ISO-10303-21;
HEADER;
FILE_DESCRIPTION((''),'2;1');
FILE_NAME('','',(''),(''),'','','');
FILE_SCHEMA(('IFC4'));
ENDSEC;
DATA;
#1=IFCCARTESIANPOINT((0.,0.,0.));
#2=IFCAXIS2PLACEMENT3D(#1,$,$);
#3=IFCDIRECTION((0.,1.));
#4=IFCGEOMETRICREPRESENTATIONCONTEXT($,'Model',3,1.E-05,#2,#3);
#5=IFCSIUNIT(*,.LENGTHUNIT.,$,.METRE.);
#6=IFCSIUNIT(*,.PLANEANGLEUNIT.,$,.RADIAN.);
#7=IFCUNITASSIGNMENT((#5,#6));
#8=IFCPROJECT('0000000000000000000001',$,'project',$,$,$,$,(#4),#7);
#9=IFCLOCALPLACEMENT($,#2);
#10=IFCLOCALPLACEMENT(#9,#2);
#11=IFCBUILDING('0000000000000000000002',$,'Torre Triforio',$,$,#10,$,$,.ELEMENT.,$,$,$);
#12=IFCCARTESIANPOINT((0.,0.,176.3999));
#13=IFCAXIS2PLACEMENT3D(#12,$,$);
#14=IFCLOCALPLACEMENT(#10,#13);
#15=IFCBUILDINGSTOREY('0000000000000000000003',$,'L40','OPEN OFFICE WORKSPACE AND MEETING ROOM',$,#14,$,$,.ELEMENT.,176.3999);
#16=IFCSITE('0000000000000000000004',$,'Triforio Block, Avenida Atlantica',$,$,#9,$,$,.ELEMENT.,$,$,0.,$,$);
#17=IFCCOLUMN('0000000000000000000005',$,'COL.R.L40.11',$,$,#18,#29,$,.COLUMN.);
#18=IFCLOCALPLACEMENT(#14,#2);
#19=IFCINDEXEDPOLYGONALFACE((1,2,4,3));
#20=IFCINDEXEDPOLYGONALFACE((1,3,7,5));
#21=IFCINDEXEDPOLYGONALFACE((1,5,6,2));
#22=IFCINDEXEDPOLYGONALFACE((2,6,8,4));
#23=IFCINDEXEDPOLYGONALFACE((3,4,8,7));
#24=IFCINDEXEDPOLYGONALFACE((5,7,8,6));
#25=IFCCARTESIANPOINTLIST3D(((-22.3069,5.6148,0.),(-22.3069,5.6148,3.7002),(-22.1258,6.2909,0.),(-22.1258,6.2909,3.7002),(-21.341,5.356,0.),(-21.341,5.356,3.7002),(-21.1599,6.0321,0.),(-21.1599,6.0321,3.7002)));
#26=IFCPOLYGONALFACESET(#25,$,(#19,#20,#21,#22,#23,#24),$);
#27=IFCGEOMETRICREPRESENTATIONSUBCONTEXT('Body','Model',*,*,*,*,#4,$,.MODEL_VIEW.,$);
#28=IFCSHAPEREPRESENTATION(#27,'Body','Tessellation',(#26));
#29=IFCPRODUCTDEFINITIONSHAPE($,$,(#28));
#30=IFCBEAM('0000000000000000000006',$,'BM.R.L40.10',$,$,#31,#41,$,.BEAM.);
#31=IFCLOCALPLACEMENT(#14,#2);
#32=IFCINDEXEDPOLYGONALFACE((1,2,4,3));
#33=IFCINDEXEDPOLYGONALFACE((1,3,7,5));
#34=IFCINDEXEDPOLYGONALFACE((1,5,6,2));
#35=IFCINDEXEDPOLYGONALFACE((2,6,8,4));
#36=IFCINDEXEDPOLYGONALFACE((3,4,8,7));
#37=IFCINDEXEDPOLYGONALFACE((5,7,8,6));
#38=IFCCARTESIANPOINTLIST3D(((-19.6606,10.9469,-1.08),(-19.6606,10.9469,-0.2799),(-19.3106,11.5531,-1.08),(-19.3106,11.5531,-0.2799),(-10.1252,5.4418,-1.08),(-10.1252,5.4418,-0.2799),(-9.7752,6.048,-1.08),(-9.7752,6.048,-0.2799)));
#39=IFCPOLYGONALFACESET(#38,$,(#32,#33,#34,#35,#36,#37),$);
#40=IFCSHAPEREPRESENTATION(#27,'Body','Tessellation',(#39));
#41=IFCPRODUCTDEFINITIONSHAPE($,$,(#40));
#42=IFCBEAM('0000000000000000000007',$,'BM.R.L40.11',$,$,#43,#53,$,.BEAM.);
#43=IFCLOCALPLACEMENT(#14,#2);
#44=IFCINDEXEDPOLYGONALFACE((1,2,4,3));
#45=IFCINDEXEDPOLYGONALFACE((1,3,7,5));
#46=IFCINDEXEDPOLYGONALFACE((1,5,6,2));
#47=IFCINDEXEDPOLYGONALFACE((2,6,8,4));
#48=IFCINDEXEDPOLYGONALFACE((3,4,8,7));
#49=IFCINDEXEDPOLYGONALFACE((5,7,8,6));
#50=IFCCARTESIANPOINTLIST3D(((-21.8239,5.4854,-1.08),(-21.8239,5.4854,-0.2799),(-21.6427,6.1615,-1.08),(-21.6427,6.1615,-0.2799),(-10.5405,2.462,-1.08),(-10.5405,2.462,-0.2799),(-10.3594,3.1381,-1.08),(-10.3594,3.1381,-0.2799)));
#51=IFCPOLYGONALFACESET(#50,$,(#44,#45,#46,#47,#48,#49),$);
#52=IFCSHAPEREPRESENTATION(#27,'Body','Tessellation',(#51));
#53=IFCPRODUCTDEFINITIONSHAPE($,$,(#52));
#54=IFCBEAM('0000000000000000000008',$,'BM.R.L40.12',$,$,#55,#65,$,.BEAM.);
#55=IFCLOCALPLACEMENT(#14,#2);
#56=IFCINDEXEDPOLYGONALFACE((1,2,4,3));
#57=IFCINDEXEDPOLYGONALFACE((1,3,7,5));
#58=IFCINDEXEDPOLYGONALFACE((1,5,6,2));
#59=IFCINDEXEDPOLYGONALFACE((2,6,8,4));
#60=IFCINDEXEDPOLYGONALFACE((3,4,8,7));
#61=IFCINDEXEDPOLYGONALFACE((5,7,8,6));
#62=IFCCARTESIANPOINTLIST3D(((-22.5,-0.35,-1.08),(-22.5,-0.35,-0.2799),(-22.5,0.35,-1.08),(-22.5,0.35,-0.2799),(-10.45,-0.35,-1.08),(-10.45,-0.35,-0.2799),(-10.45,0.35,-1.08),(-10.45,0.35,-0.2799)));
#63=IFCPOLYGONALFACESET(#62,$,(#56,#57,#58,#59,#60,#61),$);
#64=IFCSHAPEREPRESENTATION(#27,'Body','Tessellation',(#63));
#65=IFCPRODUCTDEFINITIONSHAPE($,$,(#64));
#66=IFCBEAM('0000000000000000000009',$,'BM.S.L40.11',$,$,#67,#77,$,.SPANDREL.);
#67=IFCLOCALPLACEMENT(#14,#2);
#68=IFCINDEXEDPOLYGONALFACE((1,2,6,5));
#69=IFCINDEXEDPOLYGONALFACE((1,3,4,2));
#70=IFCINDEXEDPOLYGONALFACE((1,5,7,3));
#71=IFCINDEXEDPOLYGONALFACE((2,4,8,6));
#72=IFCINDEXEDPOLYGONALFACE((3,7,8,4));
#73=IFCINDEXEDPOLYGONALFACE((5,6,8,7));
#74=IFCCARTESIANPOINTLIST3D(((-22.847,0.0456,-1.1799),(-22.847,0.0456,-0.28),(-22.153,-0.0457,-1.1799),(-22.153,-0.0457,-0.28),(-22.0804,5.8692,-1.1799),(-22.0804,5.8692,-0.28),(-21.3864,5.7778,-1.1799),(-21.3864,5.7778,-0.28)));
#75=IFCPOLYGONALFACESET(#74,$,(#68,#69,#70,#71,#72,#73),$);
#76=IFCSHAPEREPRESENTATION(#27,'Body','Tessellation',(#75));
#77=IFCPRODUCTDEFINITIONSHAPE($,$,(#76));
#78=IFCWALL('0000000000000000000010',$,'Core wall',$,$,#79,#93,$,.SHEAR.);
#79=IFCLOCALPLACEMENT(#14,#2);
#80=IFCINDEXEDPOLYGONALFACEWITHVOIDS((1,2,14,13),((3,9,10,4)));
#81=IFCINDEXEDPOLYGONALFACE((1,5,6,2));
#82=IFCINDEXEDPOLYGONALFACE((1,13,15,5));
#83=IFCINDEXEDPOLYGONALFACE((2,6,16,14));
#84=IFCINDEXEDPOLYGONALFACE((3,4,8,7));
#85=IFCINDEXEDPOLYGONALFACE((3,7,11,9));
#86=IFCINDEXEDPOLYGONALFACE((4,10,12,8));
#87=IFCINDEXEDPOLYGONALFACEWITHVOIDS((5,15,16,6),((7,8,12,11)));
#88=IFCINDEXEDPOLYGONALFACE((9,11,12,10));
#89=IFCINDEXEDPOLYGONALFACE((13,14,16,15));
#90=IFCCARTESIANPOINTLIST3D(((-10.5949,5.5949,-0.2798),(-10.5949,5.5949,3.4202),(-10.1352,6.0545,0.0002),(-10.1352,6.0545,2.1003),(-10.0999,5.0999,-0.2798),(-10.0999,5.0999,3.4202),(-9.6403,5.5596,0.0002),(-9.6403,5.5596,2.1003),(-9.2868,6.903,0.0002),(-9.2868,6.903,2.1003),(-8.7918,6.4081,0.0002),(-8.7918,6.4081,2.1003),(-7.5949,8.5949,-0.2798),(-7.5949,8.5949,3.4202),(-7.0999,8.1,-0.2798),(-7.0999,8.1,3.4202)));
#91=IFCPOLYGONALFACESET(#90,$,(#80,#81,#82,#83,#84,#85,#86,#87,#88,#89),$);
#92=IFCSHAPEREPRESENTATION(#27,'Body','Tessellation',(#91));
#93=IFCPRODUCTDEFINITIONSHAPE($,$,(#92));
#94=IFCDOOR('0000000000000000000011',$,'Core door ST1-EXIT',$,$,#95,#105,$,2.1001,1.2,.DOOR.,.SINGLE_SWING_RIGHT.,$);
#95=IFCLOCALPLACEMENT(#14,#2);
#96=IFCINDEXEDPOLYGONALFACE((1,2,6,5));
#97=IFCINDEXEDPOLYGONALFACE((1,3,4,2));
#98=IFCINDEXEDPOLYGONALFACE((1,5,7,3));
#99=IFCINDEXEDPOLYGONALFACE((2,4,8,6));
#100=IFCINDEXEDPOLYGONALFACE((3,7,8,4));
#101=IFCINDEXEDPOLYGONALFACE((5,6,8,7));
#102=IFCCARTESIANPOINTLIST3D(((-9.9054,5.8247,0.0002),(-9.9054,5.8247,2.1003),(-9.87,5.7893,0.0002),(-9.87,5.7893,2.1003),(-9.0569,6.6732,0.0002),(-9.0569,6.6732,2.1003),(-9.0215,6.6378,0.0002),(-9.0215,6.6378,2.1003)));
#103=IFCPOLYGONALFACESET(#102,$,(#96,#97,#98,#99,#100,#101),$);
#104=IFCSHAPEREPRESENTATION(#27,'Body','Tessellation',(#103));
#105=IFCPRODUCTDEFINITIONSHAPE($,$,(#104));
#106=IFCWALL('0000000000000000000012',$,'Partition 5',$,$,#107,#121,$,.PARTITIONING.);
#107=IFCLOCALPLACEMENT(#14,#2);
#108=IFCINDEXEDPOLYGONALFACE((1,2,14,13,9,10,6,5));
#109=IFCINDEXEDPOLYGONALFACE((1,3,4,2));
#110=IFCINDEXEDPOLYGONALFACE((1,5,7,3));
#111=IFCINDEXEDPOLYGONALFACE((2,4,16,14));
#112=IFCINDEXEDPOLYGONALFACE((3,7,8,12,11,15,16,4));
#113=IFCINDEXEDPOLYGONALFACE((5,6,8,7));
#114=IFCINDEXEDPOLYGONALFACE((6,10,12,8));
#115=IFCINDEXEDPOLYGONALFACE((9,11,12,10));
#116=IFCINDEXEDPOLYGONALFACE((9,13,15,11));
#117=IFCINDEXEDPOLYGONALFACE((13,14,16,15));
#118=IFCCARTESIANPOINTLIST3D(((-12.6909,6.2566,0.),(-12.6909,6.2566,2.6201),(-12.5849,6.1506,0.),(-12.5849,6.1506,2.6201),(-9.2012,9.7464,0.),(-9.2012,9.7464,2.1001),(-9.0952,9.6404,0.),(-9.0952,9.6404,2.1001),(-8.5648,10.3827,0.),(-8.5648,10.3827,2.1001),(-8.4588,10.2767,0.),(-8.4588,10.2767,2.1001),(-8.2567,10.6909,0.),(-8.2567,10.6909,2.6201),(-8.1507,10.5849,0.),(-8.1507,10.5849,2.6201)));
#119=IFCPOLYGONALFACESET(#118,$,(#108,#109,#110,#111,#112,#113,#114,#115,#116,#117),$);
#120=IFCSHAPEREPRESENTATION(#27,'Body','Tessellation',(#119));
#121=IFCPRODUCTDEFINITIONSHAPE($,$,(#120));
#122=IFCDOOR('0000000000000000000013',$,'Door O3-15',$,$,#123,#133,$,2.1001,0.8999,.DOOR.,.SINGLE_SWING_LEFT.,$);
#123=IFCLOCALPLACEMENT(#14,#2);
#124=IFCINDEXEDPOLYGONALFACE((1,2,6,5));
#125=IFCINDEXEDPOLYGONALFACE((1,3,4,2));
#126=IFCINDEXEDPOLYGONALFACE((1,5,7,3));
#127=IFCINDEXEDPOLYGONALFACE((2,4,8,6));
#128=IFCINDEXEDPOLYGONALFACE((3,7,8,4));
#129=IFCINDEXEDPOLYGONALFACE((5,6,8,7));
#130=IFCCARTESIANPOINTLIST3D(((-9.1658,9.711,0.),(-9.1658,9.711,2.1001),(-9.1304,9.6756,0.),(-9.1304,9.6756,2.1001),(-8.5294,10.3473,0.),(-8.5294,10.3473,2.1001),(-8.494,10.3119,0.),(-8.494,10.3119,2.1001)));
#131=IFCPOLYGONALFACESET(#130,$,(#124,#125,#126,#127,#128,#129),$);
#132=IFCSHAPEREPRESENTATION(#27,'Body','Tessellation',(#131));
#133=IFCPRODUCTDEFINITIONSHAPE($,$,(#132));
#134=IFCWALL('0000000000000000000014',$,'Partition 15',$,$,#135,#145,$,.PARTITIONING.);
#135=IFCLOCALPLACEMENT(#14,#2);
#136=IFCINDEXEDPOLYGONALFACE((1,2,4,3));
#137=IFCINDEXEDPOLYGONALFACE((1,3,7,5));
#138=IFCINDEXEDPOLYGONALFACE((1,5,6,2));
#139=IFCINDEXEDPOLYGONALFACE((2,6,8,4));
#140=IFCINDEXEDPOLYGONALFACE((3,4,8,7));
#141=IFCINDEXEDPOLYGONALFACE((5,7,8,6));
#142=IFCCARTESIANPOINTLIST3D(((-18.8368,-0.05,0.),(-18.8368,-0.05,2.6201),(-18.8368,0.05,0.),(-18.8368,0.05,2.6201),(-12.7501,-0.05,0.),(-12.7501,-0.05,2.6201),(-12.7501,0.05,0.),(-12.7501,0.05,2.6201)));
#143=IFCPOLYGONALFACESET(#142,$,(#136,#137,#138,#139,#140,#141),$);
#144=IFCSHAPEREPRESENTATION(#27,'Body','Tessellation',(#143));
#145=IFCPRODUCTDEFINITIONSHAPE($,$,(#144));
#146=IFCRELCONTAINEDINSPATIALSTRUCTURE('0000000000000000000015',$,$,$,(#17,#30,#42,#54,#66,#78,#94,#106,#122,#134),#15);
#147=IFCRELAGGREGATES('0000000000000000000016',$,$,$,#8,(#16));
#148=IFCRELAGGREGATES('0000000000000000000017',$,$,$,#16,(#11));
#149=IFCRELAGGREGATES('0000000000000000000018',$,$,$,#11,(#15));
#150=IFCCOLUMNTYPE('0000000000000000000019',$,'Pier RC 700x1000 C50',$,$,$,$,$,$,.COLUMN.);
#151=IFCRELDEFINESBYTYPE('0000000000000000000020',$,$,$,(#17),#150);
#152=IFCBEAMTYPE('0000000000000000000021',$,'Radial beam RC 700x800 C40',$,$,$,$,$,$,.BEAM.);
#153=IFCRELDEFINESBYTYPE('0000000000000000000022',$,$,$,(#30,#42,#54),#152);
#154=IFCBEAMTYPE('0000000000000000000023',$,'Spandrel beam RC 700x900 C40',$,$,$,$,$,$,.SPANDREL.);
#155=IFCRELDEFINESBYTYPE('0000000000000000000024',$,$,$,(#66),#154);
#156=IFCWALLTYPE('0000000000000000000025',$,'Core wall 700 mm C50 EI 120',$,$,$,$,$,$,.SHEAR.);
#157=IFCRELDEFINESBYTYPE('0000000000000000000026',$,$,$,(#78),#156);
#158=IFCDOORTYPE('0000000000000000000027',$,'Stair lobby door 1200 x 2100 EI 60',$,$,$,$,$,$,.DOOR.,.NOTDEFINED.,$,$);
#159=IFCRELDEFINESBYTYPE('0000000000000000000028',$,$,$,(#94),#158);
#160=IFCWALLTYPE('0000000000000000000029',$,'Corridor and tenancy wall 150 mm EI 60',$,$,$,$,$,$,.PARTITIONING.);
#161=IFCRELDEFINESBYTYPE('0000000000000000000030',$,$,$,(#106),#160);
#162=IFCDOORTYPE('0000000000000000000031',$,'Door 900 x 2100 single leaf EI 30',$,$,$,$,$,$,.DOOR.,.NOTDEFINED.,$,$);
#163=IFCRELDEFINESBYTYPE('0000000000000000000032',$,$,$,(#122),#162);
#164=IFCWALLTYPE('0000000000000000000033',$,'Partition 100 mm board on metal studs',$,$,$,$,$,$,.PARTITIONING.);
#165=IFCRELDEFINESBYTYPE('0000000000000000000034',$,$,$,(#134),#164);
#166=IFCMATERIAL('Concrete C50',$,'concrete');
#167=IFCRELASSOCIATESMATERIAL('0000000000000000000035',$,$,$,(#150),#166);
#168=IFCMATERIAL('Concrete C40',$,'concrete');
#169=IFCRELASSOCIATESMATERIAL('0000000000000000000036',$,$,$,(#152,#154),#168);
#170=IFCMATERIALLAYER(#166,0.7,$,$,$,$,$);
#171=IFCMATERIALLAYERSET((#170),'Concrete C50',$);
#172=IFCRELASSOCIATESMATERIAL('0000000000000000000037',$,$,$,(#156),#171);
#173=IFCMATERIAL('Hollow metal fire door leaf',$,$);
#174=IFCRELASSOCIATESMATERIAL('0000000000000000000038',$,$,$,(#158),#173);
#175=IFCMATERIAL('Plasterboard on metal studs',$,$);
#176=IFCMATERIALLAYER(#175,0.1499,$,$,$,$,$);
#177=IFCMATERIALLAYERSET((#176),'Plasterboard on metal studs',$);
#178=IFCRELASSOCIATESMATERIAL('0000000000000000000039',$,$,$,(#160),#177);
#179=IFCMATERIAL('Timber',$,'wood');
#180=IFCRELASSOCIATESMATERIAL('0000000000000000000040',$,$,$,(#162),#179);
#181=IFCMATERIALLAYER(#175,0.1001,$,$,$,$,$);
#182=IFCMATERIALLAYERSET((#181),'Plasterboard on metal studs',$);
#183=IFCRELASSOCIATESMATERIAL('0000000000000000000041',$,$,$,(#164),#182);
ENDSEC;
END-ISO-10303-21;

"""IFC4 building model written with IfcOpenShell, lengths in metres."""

from ifc_helpers import new_model, si_unit, direction, frame, frame_2d, origin, origin_2d, place, context, subcontext, project, spatial, rectangle, extrude, material, layer, layer_set, material_profile, profile_set, type_object, element, fill, save


model = new_model("IFC4")

# Units and contexts
model_context = context("Model", 3, precision=1e-05, world=origin(), true_north=direction((0.0, 1.0)))
body_context = subcontext(model_context, "Body", "Model", "MODEL_VIEW")
ifc_project = project(units=[si_unit("LENGTHUNIT", "METRE"), si_unit("PLANEANGLEUNIT", "RADIAN")], contexts=[model_context])

# Site, building, storey
site_placement = place(None, origin())
site = spatial("IfcSite", under=ifc_project, at=site_placement, Name="Triforio Block, Avenida Atlantica", CompositionType="ELEMENT", RefElevation=0.0)
building_placement = place(site_placement, origin())
building = spatial("IfcBuilding", under=site, at=building_placement, Name="Torre Triforio", CompositionType="ELEMENT")
storey_placement = place(building_placement, frame((0.0, 0.0, 176.3999)))
storey = spatial("IfcBuildingStorey", under=building, at=storey_placement, Name="L40", Description="OPEN OFFICE WORKSPACE AND MEETING ROOM", CompositionType="ELEMENT", Elevation=176.3999)

# Column
ifc_material_1 = material(Name="Concrete C50", Category="concrete")
ifc_material_profile_1 = material_profile(ifc_material_1, rectangle(XDim=0.7, YDim=1.0, at=origin_2d()), Name="RC 700x1000")
ifc_profile_set_1 = profile_set([ifc_material_profile_1], Name="Concrete C50")
column_type = type_object("IfcColumnType", Name="Pier RC 700x1000 C50", PredefinedType="COLUMN", material=ifc_profile_set_1)
column_placement = place(storey_placement, frame((-21.7334, 5.8235, 0.0), z_axis=(0.0, 0.0, 1.0), x_axis=(-0.258819, -0.965926, 0.0)))
element("IfcColumn", 1, at=column_placement, inside=storey, type_object=column_type, Name="COL.R.L40.11", PredefinedType="COLUMN", context=body_context, shape_type="SweptSolid", body=[
    extrude(rectangle(XDim=0.7, YDim=1.0, at=origin_2d()), origin(), (0.0, 0.0, 1.0), 3.7002),
])

# Beams
ifc_material_2 = material(Name="Concrete C40", Category="concrete")
ifc_material_profile_2 = material_profile(ifc_material_2, rectangle(XDim=0.7, YDim=0.8, at=origin_2d()), Name="RC 700x800")
ifc_profile_set_2 = profile_set([ifc_material_profile_2], Name="Concrete C40")
beam_type_1 = type_object("IfcBeamType", Name="Radial beam RC 700x800 C40", PredefinedType="BEAM", material=ifc_profile_set_2)
beam_1_placement = place(storey_placement, frame((-9.9502, 5.7449, -0.6799), z_axis=(-0.866031, 0.499991, 0.0), x_axis=(-0.499991, -0.866031, 0.0)))
element("IfcBeam", 2, at=beam_1_placement, inside=storey, type_object=beam_type_1, Name="BM.R.L40.10", PredefinedType="BEAM", context=body_context, shape_type="SweptSolid", body=[
    extrude(rectangle(XDim=0.7, YDim=0.8, at=origin_2d()), origin(), (0.0, 0.0, 1.0), 11.0105),
])
beam_2_placement = place(storey_placement, frame((-10.45, 2.8, -0.6799), z_axis=(-0.965925, 0.258823, 0.0), x_axis=(-0.258823, -0.965925, 0.0)))
element("IfcBeam", 3, at=beam_2_placement, inside=storey, type_object=beam_type_1, Name="BM.R.L40.11", PredefinedType="BEAM", context=body_context, shape_type="SweptSolid", body=[
    extrude(rectangle(XDim=0.7, YDim=0.8, at=origin_2d()), origin(), (0.0, 0.0, 1.0), 11.6814),
])
beam_3_placement = place(storey_placement, frame((-10.45, 0.0, -0.6799), z_axis=(-1.0, 0.0, 0.0), x_axis=(0.0, -1.0, 0.0)))
element("IfcBeam", 4, at=beam_3_placement, inside=storey, type_object=beam_type_1, Name="BM.R.L40.12", PredefinedType="BEAM", context=body_context, shape_type="SweptSolid", body=[
    extrude(rectangle(XDim=0.7, YDim=0.8, at=origin_2d()), origin(), (0.0, 0.0, 1.0), 12.05),
])
ifc_material_profile_3 = material_profile(ifc_material_2, rectangle(XDim=0.7, YDim=0.8999, at=origin_2d()), Name="RC 700x900")
ifc_profile_set_3 = profile_set([ifc_material_profile_3], Name="Concrete C40")
beam_type_2 = type_object("IfcBeamType", Name="Spandrel beam RC 700x900 C40", PredefinedType="SPANDREL", material=ifc_profile_set_3)
beam_4_placement = place(storey_placement, frame((-21.7334, 5.8235, -0.73), z_axis=(-0.130514, -0.991447, 0.0), x_axis=(0.991447, -0.130514, 0.0)))
element("IfcBeam", 5, at=beam_4_placement, inside=storey, type_object=beam_type_2, Name="BM.S.L40.11", PredefinedType="SPANDREL", context=body_context, shape_type="SweptSolid", body=[
    extrude(rectangle(XDim=0.7, YDim=0.8999, at=origin_2d()), origin(), (0.0, 0.0, 1.0), 5.8738),
])

# Walls, openings, doors
ifc_layer_1 = layer(ifc_material_1, 0.7)
ifc_layer_set_1 = layer_set([ifc_layer_1], Name="Concrete C50")
wall_type_1 = type_object("IfcWallType", Name="Core wall 700 mm C50 EI 120", PredefinedType="SHEAR", material=ifc_layer_set_1)
wall_1_placement = place(storey_placement, frame((-10.3474, 5.3474, -0.2798), z_axis=(0.0, 0.0, 1.0), x_axis=(0.707107, 0.707107, 0.0)))
wall_1 = element("IfcWall", 6, at=wall_1_placement, inside=storey, type_object=wall_type_1, Name="Core wall", PredefinedType="SHEAR", context=body_context, shape_type="SweptSolid", body=[
    extrude(rectangle(XDim=4.2427, YDim=0.7, at=frame_2d((2.1213, 0.0))), origin(), (0.0, 0.0, 1.0), 3.7),
])
opening_1_placement = place(wall_1_placement, frame((0.6499, 0.0, 0.28)))
opening_1 = element("IfcOpeningElement", 7, at=opening_1_placement, cuts=wall_1, PredefinedType="OPENING", context=body_context, shape_type="SweptSolid", body=[
    extrude(rectangle(XDim=1.2, YDim=2.1001, at=frame_2d((0.6001, 1.05))), frame((0.0, 0.3599, 0.0), z_axis=(0.0, -1.0, 0.0), x_axis=(1.0, 0.0, 0.0)), (0.0, 0.0, 1.0), 0.72),
])
ifc_material_3 = material(Name="Hollow metal fire door leaf")
door_type_1 = type_object("IfcDoorType", Name="Stair lobby door 1200 x 2100 EI 60", OperationType="NOTDEFINED", PredefinedType="DOOR", material=ifc_material_3)
door_1_placement = place(opening_1_placement, origin())
door_1 = element("IfcDoor", 8, at=door_1_placement, inside=storey, type_object=door_type_1, Name="Core door ST1-EXIT", OperationType="SINGLE_SWING_RIGHT", OverallHeight=2.1001, OverallWidth=1.2, PredefinedType="DOOR", context=body_context, shape_type="SweptSolid", body=[
    extrude(rectangle(XDim=1.2, YDim=2.1001, at=frame_2d((0.6001, 1.05))), frame((0.0, 0.0249, 0.0), z_axis=(0.0, -1.0, 0.0), x_axis=(1.0, 0.0, 0.0)), (0.0, 0.0, 1.0), 0.05),
])
fill(opening_1, door_1)
ifc_material_4 = material(Name="Plasterboard on metal studs")
ifc_layer_2 = layer(ifc_material_4, 0.1499)
ifc_layer_set_2 = layer_set([ifc_layer_2], Name="Plasterboard on metal studs")
wall_type_2 = type_object("IfcWallType", Name="Corridor and tenancy wall 150 mm EI 60", PredefinedType="PARTITIONING", material=ifc_layer_set_2)
wall_2_placement = place(storey_placement, frame((-12.6379, 6.2036, 0.0), z_axis=(0.0, 0.0, 1.0), x_axis=(0.707107, 0.707107, 0.0)))
wall_2 = element("IfcWall", 9, at=wall_2_placement, inside=storey, type_object=wall_type_2, Name="Partition 5", PredefinedType="PARTITIONING", context=body_context, shape_type="SweptSolid", body=[
    extrude(rectangle(XDim=6.271, YDim=0.1499, at=frame_2d((3.1355, 0.0))), origin(), (0.0, 0.0, 1.0), 2.6201),
])
opening_2_placement = place(wall_2_placement, frame((4.9353, 0.0, 0.0)))
opening_2 = element("IfcOpeningElement", 10, at=opening_2_placement, cuts=wall_2, PredefinedType="OPENING", context=body_context, shape_type="SweptSolid", body=[
    extrude(rectangle(XDim=0.8999, YDim=2.1001, at=frame_2d((0.45, 1.05))), frame((0.0, 0.085, 0.0), z_axis=(0.0, -1.0, 0.0), x_axis=(1.0, 0.0, 0.0)), (0.0, 0.0, 1.0), 0.1699),
])
ifc_material_5 = material(Name="Timber", Category="wood")
door_type_2 = type_object("IfcDoorType", Name="Door 900 x 2100 single leaf EI 30", OperationType="NOTDEFINED", PredefinedType="DOOR", material=ifc_material_5)
door_2_placement = place(opening_2_placement, origin())
door_2 = element("IfcDoor", 11, at=door_2_placement, inside=storey, type_object=door_type_2, Name="Door O3-15", OperationType="SINGLE_SWING_LEFT", OverallHeight=2.1001, OverallWidth=0.8999, PredefinedType="DOOR", context=body_context, shape_type="SweptSolid", body=[
    extrude(rectangle(XDim=0.8999, YDim=2.1001, at=frame_2d((0.45, 1.05))), frame((0.0, 0.0249, 0.0), z_axis=(0.0, -1.0, 0.0), x_axis=(1.0, 0.0, 0.0)), (0.0, 0.0, 1.0), 0.05),
])
fill(opening_2, door_2)

# Wall
ifc_layer_3 = layer(ifc_material_4, 0.1001)
ifc_layer_set_3 = layer_set([ifc_layer_3], Name="Plasterboard on metal studs")
wall_type_3 = type_object("IfcWallType", Name="Partition 100 mm board on metal studs", PredefinedType="PARTITIONING", material=ifc_layer_set_3)
wall_3_placement = place(storey_placement, frame((-12.75, 0.0, 0.0), z_axis=(0.0, 0.0, 1.0), x_axis=(-1.0, 0.0, 0.0)))
element("IfcWall", 12, at=wall_3_placement, inside=storey, type_object=wall_type_3, Name="Partition 15", PredefinedType="PARTITIONING", context=body_context, shape_type="SweptSolid", body=[
    extrude(rectangle(XDim=6.0867, YDim=0.1001, at=frame_2d((3.0435, 0.0))), origin(), (0.0, 0.0, 1.0), 2.6201),
])

save(model, "model.ifc")
